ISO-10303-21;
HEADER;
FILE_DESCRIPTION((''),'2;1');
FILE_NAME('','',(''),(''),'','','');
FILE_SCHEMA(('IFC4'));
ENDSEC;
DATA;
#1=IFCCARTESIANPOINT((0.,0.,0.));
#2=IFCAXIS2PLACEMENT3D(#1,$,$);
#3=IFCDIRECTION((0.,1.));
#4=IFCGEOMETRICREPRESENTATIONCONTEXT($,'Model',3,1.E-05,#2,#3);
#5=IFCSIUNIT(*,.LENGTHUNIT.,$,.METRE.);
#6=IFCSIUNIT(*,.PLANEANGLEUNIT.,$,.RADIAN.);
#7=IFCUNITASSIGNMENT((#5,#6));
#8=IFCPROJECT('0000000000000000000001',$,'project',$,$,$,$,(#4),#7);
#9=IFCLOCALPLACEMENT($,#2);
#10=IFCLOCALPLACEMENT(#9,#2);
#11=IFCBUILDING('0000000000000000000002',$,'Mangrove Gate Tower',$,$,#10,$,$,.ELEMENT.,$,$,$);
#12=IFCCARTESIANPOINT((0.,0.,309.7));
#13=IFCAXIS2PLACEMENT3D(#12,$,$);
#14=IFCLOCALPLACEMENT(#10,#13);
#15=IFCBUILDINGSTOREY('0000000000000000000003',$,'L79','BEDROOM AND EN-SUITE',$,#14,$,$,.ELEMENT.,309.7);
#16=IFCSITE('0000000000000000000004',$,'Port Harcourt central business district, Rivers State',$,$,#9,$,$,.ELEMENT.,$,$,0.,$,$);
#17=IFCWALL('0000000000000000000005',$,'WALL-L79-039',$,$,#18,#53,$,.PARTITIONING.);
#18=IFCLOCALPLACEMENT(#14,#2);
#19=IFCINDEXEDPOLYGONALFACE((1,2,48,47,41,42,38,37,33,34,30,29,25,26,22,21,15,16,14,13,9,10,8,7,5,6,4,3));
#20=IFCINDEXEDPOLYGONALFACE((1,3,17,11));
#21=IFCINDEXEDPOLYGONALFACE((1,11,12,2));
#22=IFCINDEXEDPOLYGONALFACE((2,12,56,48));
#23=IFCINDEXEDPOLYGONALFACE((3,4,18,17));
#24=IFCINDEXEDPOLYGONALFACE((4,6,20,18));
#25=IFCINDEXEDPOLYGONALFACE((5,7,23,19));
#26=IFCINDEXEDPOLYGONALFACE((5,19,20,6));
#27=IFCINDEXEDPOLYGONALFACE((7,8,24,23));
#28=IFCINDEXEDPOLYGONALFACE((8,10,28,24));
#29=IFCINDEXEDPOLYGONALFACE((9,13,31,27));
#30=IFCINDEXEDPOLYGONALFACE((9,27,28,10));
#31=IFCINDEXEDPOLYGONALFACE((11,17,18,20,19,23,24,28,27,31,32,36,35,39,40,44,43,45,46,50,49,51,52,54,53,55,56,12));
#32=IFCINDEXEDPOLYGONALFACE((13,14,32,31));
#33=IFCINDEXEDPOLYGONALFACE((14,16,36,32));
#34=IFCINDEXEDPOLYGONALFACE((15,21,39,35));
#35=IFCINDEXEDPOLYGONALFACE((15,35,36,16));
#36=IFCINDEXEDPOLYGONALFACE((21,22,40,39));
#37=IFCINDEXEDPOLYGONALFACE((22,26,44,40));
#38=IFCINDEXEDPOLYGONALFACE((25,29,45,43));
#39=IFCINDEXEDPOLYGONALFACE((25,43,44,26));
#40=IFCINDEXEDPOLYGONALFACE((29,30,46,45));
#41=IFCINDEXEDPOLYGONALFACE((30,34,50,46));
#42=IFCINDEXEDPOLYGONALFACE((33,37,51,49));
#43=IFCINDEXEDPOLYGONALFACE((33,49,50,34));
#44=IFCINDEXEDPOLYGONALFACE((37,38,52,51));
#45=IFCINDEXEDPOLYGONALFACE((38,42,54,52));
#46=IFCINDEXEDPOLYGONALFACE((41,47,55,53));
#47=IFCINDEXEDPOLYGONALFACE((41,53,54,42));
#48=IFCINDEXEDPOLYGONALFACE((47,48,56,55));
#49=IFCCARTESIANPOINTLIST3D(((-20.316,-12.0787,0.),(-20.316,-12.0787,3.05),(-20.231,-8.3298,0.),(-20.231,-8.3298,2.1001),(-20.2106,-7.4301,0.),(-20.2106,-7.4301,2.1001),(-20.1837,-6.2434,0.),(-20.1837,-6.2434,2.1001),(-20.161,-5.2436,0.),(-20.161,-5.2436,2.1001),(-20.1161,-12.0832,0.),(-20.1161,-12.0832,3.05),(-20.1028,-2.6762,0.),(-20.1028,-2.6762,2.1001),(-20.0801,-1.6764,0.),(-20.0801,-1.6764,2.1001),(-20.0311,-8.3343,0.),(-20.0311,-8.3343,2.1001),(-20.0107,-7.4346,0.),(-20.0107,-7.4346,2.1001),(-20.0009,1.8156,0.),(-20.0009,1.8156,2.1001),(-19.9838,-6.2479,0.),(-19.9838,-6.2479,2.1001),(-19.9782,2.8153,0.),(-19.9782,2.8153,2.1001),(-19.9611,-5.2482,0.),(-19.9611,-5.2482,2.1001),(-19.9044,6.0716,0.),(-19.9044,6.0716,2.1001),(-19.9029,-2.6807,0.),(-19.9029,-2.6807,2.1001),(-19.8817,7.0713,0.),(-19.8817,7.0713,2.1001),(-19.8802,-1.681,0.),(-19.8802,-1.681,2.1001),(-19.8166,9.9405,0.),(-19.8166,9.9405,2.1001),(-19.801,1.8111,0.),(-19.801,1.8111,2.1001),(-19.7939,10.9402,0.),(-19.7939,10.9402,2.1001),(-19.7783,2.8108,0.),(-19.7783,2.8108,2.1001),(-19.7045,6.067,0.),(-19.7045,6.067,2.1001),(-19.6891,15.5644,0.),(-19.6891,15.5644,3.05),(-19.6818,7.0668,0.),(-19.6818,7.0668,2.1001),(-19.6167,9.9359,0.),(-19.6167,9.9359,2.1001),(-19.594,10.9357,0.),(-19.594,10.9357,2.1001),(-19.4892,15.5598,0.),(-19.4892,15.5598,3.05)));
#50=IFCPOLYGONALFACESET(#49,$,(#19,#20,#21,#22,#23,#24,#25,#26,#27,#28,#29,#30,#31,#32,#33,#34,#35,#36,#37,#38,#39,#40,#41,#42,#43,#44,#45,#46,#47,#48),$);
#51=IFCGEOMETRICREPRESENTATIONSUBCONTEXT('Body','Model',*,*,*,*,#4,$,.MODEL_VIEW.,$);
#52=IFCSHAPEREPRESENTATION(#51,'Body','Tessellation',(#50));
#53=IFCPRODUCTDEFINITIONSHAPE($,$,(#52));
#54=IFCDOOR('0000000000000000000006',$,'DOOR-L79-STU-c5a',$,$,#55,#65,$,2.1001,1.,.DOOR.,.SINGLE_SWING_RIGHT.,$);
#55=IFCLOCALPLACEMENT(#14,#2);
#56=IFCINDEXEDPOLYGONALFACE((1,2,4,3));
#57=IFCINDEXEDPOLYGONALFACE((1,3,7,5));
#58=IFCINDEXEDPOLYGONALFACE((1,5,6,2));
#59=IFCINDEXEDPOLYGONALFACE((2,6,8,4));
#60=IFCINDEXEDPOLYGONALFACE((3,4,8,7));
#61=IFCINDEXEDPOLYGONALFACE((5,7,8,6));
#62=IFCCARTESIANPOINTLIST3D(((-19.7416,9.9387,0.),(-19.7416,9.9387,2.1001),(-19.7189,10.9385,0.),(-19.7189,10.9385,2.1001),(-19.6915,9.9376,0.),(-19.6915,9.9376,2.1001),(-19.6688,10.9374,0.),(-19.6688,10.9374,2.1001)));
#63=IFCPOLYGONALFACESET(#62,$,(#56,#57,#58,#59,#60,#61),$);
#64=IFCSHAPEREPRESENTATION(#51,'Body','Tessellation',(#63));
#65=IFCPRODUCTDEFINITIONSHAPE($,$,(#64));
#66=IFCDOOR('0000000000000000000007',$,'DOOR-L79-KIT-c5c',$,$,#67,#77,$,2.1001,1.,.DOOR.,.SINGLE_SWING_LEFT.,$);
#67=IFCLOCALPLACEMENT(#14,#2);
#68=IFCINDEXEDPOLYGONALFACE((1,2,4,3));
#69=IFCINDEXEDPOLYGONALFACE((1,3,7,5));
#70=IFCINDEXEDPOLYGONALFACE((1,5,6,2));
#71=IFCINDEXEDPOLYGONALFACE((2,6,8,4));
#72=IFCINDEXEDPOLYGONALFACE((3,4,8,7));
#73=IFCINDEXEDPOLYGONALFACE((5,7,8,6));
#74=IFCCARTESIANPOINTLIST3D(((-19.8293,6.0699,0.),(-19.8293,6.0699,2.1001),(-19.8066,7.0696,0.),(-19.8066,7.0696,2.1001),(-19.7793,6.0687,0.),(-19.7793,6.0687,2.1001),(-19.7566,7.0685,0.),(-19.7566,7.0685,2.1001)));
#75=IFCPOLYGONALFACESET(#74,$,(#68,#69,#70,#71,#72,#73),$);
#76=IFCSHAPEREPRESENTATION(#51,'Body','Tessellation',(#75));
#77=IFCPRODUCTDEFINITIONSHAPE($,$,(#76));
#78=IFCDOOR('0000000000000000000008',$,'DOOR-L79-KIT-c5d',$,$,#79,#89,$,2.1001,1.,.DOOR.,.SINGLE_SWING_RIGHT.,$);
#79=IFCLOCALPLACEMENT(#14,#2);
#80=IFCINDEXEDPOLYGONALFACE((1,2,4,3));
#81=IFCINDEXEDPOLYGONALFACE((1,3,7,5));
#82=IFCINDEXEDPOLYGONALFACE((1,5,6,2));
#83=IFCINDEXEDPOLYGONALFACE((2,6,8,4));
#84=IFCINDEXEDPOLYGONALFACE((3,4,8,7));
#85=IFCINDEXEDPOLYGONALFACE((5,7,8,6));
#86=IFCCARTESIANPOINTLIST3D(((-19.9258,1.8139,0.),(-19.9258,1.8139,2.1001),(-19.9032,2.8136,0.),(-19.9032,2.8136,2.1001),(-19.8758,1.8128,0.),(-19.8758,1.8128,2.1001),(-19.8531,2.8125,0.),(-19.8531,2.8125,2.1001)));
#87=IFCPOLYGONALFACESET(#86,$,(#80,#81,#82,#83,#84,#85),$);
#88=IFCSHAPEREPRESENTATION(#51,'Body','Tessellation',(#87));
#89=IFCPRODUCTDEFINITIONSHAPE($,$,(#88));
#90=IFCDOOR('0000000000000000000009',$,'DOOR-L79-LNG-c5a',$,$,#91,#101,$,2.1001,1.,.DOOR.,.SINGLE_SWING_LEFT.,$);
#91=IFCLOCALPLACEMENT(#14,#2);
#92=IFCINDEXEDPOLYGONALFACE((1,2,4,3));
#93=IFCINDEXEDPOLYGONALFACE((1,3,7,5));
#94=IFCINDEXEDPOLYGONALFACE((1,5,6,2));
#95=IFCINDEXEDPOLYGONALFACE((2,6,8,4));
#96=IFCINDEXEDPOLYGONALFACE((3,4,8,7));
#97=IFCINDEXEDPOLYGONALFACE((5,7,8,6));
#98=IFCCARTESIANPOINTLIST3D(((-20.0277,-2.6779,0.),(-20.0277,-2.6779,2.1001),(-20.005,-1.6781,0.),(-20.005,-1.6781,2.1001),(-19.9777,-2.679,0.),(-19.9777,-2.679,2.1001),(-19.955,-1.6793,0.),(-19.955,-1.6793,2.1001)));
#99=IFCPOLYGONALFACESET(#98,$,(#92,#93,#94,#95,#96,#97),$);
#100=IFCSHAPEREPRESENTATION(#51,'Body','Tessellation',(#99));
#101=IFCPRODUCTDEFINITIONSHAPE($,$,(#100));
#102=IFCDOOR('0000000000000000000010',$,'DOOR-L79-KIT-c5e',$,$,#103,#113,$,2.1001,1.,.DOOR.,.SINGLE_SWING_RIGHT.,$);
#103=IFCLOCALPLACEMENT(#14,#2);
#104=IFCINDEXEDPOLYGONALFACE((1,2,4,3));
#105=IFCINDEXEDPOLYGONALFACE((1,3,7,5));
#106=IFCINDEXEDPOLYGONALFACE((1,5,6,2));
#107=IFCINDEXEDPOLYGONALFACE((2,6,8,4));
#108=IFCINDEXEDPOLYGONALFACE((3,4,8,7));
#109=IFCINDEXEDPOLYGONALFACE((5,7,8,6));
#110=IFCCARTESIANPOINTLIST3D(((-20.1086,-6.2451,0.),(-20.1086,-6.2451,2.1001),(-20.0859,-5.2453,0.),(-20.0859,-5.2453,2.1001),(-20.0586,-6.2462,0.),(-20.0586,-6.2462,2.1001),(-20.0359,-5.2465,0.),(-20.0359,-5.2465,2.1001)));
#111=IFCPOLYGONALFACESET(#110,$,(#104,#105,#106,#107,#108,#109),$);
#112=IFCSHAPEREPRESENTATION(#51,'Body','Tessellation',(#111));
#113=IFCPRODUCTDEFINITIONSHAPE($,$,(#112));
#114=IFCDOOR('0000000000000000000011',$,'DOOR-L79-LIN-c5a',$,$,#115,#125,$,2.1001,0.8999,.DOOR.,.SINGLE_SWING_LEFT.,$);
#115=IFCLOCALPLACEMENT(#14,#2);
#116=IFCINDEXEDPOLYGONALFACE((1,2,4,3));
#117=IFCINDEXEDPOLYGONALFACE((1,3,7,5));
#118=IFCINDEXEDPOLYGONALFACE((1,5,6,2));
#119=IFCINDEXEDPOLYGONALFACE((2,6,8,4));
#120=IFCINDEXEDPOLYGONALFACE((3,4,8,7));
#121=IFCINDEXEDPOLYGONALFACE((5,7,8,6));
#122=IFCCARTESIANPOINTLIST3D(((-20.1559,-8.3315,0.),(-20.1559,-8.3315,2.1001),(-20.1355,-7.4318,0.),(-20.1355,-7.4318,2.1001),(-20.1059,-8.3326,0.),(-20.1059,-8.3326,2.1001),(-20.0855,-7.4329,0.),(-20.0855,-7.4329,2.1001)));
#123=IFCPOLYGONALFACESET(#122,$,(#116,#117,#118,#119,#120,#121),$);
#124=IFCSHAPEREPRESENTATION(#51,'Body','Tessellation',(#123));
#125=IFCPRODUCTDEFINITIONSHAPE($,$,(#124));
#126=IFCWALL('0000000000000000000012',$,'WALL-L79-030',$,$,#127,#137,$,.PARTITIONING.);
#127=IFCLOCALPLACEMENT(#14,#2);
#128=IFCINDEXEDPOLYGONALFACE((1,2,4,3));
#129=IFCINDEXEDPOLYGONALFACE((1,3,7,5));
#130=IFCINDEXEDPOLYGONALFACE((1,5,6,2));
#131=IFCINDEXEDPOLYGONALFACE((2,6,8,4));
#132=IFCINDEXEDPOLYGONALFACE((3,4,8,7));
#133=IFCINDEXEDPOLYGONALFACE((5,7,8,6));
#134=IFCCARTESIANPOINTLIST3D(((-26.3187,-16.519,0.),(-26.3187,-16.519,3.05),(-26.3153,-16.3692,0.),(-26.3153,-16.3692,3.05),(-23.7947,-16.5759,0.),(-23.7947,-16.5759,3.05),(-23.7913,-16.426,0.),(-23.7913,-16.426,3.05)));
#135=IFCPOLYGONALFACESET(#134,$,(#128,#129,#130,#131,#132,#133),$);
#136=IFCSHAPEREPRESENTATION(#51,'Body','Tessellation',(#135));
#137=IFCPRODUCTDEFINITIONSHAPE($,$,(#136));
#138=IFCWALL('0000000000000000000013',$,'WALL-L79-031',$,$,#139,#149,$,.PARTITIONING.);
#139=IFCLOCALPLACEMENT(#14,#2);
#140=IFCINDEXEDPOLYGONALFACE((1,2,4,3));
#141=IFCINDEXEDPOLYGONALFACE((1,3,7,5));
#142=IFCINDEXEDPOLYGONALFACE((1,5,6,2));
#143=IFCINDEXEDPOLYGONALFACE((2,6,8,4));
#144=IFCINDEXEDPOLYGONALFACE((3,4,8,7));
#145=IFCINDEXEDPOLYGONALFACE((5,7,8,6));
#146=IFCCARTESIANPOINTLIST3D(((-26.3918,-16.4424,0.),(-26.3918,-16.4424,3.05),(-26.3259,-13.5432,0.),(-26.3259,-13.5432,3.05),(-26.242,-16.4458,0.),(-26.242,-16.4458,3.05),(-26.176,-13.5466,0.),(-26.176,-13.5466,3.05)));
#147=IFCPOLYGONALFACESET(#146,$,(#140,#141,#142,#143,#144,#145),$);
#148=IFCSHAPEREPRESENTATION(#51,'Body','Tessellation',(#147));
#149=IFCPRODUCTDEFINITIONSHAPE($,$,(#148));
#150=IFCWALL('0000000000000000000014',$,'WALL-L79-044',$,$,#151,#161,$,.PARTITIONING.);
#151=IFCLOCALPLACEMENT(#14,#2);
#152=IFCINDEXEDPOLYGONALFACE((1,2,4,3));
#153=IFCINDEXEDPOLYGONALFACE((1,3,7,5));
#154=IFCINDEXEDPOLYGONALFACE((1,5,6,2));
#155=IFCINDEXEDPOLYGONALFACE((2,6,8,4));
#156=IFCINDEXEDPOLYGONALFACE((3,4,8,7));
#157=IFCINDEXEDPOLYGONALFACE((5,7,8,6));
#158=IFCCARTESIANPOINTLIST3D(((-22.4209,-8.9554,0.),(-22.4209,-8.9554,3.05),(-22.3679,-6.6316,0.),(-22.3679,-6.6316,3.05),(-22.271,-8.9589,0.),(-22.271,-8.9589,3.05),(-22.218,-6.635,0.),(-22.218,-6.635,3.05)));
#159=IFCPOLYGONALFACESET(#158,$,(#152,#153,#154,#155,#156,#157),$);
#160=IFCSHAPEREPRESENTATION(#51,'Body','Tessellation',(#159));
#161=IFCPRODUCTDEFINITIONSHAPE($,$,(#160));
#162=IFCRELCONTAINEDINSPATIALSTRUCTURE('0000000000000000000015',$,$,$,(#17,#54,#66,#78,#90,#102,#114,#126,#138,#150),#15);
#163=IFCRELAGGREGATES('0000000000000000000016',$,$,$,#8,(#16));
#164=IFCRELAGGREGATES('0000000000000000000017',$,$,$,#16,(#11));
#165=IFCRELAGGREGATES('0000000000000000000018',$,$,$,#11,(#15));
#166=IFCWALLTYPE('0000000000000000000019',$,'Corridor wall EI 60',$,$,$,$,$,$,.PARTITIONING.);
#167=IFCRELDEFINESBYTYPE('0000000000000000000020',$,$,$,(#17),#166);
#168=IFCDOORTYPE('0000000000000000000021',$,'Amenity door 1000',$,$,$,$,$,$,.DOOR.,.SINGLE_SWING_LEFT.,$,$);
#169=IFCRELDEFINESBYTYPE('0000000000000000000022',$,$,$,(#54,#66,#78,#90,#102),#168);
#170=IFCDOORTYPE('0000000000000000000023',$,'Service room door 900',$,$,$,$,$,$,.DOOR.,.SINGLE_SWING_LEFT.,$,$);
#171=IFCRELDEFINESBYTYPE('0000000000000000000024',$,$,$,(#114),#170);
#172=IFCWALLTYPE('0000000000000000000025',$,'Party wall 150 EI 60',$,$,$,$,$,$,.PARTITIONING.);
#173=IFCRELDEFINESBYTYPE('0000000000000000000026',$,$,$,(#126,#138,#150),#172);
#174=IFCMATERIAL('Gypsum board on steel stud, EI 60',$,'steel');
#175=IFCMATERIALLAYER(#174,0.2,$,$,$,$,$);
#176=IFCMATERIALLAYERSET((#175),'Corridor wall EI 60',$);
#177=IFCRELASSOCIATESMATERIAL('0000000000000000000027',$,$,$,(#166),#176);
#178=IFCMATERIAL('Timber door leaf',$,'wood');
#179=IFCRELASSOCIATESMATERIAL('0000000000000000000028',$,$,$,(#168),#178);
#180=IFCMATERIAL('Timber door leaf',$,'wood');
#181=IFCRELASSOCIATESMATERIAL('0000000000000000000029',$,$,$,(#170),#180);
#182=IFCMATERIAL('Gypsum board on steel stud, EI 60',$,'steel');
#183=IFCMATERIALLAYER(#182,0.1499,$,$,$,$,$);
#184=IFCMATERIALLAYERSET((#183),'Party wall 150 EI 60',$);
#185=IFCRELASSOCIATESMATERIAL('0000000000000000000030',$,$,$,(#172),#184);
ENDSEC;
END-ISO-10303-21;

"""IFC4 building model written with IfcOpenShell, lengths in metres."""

from ifc_helpers import new_model, si_unit, direction, frame, frame_2d, origin, place, context, subcontext, project, spatial, rectangle, extrude, material, layer, layer_set, type_object, element, fill, save


model = new_model("IFC4")

# Units and contexts
model_context = context("Model", 3, precision=1e-05, world=origin(), true_north=direction((0.0, 1.0)))
body_context = subcontext(model_context, "Body", "Model", "MODEL_VIEW")
ifc_project = project(units=[si_unit("LENGTHUNIT", "METRE"), si_unit("PLANEANGLEUNIT", "RADIAN")], contexts=[model_context])

# Site, building, storey
site_placement = place(None, origin())
site = spatial("IfcSite", under=ifc_project, at=site_placement, Name="Port Harcourt central business district, Rivers State", CompositionType="ELEMENT", RefElevation=0.0)
building_placement = place(site_placement, origin())
building = spatial("IfcBuilding", under=site, at=building_placement, Name="Mangrove Gate Tower", CompositionType="ELEMENT")
storey_placement = place(building_placement, frame((0.0, 0.0, 309.7)))
storey = spatial("IfcBuildingStorey", under=building, at=storey_placement, Name="L79", Description="BEDROOM AND EN-SUITE", CompositionType="ELEMENT", Elevation=309.7)

# Wall, openings, doors
ifc_material_1 = material(Name="Gypsum board on steel stud, EI 60", Category="steel")
ifc_layer_1 = layer(ifc_material_1, 0.2)
ifc_layer_set_1 = layer_set([ifc_layer_1], Name="Corridor wall EI 60")
wall_type_1 = type_object("IfcWallType", Name="Corridor wall EI 60", PredefinedType="PARTITIONING", material=ifc_layer_set_1)
wall_1_placement = place(storey_placement, frame((-20.2161, -12.0811, 0.0), z_axis=(0.0, 0.0, 1.0), x_axis=(0.022674, 0.999743, 0.0)))
wall_1 = element("IfcWall", 1, at=wall_1_placement, inside=storey, type_object=wall_type_1, Name="WALL-L79-039", PredefinedType="PARTITIONING", context=body_context, shape_type="SweptSolid", body=[
    extrude(rectangle(XDim=27.6501, YDim=0.2, at=frame_2d((13.8252, 0.0))), origin(), (0.0, 0.0, 1.0), 3.05),
])
opening_1_placement = place(wall_1_placement, frame((22.0249, 0.0, 0.0)))
opening_1 = element("IfcOpeningElement", 2, at=opening_1_placement, cuts=wall_1, PredefinedType="OPENING", context=body_context, shape_type="SweptSolid", body=[
    extrude(rectangle(XDim=1.0, YDim=2.1001, at=frame_2d((0.5, 1.05))), frame((0.0, 0.1099, 0.0), z_axis=(0.0, -1.0, 0.0), x_axis=(1.0, 0.0, 0.0)), (0.0, 0.0, 1.0), 0.22),
])
opening_2_placement = place(wall_1_placement, frame((18.155, 0.0, 0.0)))
opening_2 = element("IfcOpeningElement", 3, at=opening_2_placement, cuts=wall_1, PredefinedType="OPENING", context=body_context, shape_type="SweptSolid", body=[
    extrude(rectangle(XDim=1.0, YDim=2.1001, at=frame_2d((0.5, 1.05))), frame((0.0, 0.1099, 0.0), z_axis=(0.0, -1.0, 0.0), x_axis=(1.0, 0.0, 0.0)), (0.0, 0.0, 1.0), 0.22),
])
opening_3_placement = place(wall_1_placement, frame((13.8979, 0.0, 0.0)))
opening_3 = element("IfcOpeningElement", 4, at=opening_3_placement, cuts=wall_1, PredefinedType="OPENING", context=body_context, shape_type="SweptSolid", body=[
    extrude(rectangle(XDim=1.0, YDim=2.1001, at=frame_2d((0.5, 1.05))), frame((0.0, 0.1099, 0.0), z_axis=(0.0, -1.0, 0.0), x_axis=(1.0, 0.0, 0.0)), (0.0, 0.0, 1.0), 0.22),
])
opening_4_placement = place(wall_1_placement, frame((9.405, 0.0, 0.0)))
opening_4 = element("IfcOpeningElement", 5, at=opening_4_placement, cuts=wall_1, PredefinedType="OPENING", context=body_context, shape_type="SweptSolid", body=[
    extrude(rectangle(XDim=1.0, YDim=2.1001, at=frame_2d((0.5, 1.05))), frame((0.0, 0.1099, 0.0), z_axis=(0.0, -1.0, 0.0), x_axis=(1.0, 0.0, 0.0)), (0.0, 0.0, 1.0), 0.22),
])
opening_5_placement = place(wall_1_placement, frame((5.8369, 0.0, 0.0)))
opening_5 = element("IfcOpeningElement", 6, at=opening_5_placement, cuts=wall_1, PredefinedType="OPENING", context=body_context, shape_type="SweptSolid", body=[
    extrude(rectangle(XDim=1.0, YDim=2.1001, at=frame_2d((0.5, 1.05))), frame((0.0, 0.1099, 0.0), z_axis=(0.0, -1.0, 0.0), x_axis=(1.0, 0.0, 0.0)), (0.0, 0.0, 1.0), 0.22),
])
opening_6_placement = place(wall_1_placement, frame((3.75, 0.0, 0.0)))
opening_6 = element("IfcOpeningElement", 7, at=opening_6_placement, cuts=wall_1, PredefinedType="OPENING", context=body_context, shape_type="SweptSolid", body=[
    extrude(rectangle(XDim=0.8999, YDim=2.1001, at=frame_2d((0.45, 1.05))), frame((0.0, 0.1099, 0.0), z_axis=(0.0, -1.0, 0.0), x_axis=(1.0, 0.0, 0.0)), (0.0, 0.0, 1.0), 0.22),
])
ifc_material_2 = material(Name="Timber door leaf", Category="wood")
door_type_1 = type_object("IfcDoorType", Name="Amenity door 1000", OperationType="SINGLE_SWING_LEFT", PredefinedType="DOOR", material=ifc_material_2)
door_1_placement = place(opening_1_placement, origin())
door_1 = element("IfcDoor", 8, at=door_1_placement, inside=storey, type_object=door_type_1, Name="DOOR-L79-STU-c5a", OperationType="SINGLE_SWING_RIGHT", OverallHeight=2.1001, OverallWidth=1.0, PredefinedType="DOOR", context=body_context, shape_type="SweptSolid", body=[
    extrude(rectangle(XDim=1.0, YDim=2.1001, at=frame_2d((0.5, 1.05))), frame((0.0, 0.0249, 0.0), z_axis=(0.0, -1.0, 0.0), x_axis=(1.0, 0.0, 0.0)), (0.0, 0.0, 1.0), 0.05),
])
fill(opening_1, door_1)
door_2_placement = place(opening_2_placement, origin())
door_2 = element("IfcDoor", 9, at=door_2_placement, inside=storey, type_object=door_type_1, Name="DOOR-L79-KIT-c5c", OperationType="SINGLE_SWING_LEFT", OverallHeight=2.1001, OverallWidth=1.0, PredefinedType="DOOR", context=body_context, shape_type="SweptSolid", body=[
    extrude(rectangle(XDim=1.0, YDim=2.1001, at=frame_2d((0.5, 1.05))), frame((0.0, 0.0249, 0.0), z_axis=(0.0, -1.0, 0.0), x_axis=(1.0, 0.0, 0.0)), (0.0, 0.0, 1.0), 0.05),
])
fill(opening_2, door_2)
door_3_placement = place(opening_3_placement, origin())
door_3 = element("IfcDoor", 10, at=door_3_placement, inside=storey, type_object=door_type_1, Name="DOOR-L79-KIT-c5d", OperationType="SINGLE_SWING_RIGHT", OverallHeight=2.1001, OverallWidth=1.0, PredefinedType="DOOR", context=body_context, shape_type="SweptSolid", body=[
    extrude(rectangle(XDim=1.0, YDim=2.1001, at=frame_2d((0.5, 1.05))), frame((0.0, 0.0249, 0.0), z_axis=(0.0, -1.0, 0.0), x_axis=(1.0, 0.0, 0.0)), (0.0, 0.0, 1.0), 0.05),
])
fill(opening_3, door_3)
door_4_placement = place(opening_4_placement, origin())
door_4 = element("IfcDoor", 11, at=door_4_placement, inside=storey, type_object=door_type_1, Name="DOOR-L79-LNG-c5a", OperationType="SINGLE_SWING_LEFT", OverallHeight=2.1001, OverallWidth=1.0, PredefinedType="DOOR", context=body_context, shape_type="SweptSolid", body=[
    extrude(rectangle(XDim=1.0, YDim=2.1001, at=frame_2d((0.5, 1.05))), frame((0.0, 0.0249, 0.0), z_axis=(0.0, -1.0, 0.0), x_axis=(1.0, 0.0, 0.0)), (0.0, 0.0, 1.0), 0.05),
])
fill(opening_4, door_4)
door_5_placement = place(opening_5_placement, origin())
door_5 = element("IfcDoor", 12, at=door_5_placement, inside=storey, type_object=door_type_1, Name="DOOR-L79-KIT-c5e", OperationType="SINGLE_SWING_RIGHT", OverallHeight=2.1001, OverallWidth=1.0, PredefinedType="DOOR", context=body_context, shape_type="SweptSolid", body=[
    extrude(rectangle(XDim=1.0, YDim=2.1001, at=frame_2d((0.5, 1.05))), frame((0.0, 0.0249, 0.0), z_axis=(0.0, -1.0, 0.0), x_axis=(1.0, 0.0, 0.0)), (0.0, 0.0, 1.0), 0.05),
])
fill(opening_5, door_5)
ifc_material_3 = material(Name="Timber door leaf", Category="wood")
door_type_2 = type_object("IfcDoorType", Name="Service room door 900", OperationType="SINGLE_SWING_LEFT", PredefinedType="DOOR", material=ifc_material_3)
door_6_placement = place(opening_6_placement, origin())
door_6 = element("IfcDoor", 13, at=door_6_placement, inside=storey, type_object=door_type_2, Name="DOOR-L79-LIN-c5a", OperationType="SINGLE_SWING_LEFT", OverallHeight=2.1001, OverallWidth=0.8999, PredefinedType="DOOR", context=body_context, shape_type="SweptSolid", body=[
    extrude(rectangle(XDim=0.8999, YDim=2.1001, at=frame_2d((0.45, 1.05))), frame((0.0, 0.0249, 0.0), z_axis=(0.0, -1.0, 0.0), x_axis=(1.0, 0.0, 0.0)), (0.0, 0.0, 1.0), 0.05),
])
fill(opening_6, door_6)

# Walls
ifc_material_4 = material(Name="Gypsum board on steel stud, EI 60", Category="steel")
ifc_layer_2 = layer(ifc_material_4, 0.1499)
ifc_layer_set_2 = layer_set([ifc_layer_2], Name="Party wall 150 EI 60")
wall_type_2 = type_object("IfcWallType", Name="Party wall 150 EI 60", PredefinedType="PARTITIONING", material=ifc_layer_set_2)
wall_2_placement = place(storey_placement, frame((-26.3169, -16.4441, 0.0), z_axis=(0.0, 0.0, 1.0), x_axis=(0.999746, -0.022532, 0.0)))
element("IfcWall", 14, at=wall_2_placement, inside=storey, type_object=wall_type_2, Name="WALL-L79-030", PredefinedType="PARTITIONING", context=body_context, shape_type="SweptSolid", body=[
    extrude(rectangle(XDim=2.5247, YDim=0.1499, at=frame_2d((1.2622, 0.0))), origin(), (0.0, 0.0, 1.0), 3.05),
])
wall_3_placement = place(storey_placement, frame((-26.3169, -16.4441, 0.0), z_axis=(0.0, 0.0, 1.0), x_axis=(0.022731, 0.999742, 0.0)))
element("IfcWall", 15, at=wall_3_placement, inside=storey, type_object=wall_type_2, Name="WALL-L79-031", PredefinedType="PARTITIONING", context=body_context, shape_type="SweptSolid", body=[
    extrude(rectangle(XDim=2.8999, YDim=0.1499, at=frame_2d((1.45, 0.0))), origin(), (0.0, 0.0, 1.0), 3.05),
])
wall_4_placement = place(storey_placement, frame((-22.3459, -8.957, 0.0), z_axis=(0.0, 0.0, 1.0), x_axis=(0.022791, 0.99974, 0.0)))
element("IfcWall", 16, at=wall_4_placement, inside=storey, type_object=wall_type_2, Name="WALL-L79-044", PredefinedType="PARTITIONING", context=body_context, shape_type="SweptSolid", body=[
    extrude(rectangle(XDim=2.3245, YDim=0.1499, at=frame_2d((1.1621, 0.0))), origin(), (0.0, 0.0, 1.0), 3.05),
])

save(model, "model.ifc")
